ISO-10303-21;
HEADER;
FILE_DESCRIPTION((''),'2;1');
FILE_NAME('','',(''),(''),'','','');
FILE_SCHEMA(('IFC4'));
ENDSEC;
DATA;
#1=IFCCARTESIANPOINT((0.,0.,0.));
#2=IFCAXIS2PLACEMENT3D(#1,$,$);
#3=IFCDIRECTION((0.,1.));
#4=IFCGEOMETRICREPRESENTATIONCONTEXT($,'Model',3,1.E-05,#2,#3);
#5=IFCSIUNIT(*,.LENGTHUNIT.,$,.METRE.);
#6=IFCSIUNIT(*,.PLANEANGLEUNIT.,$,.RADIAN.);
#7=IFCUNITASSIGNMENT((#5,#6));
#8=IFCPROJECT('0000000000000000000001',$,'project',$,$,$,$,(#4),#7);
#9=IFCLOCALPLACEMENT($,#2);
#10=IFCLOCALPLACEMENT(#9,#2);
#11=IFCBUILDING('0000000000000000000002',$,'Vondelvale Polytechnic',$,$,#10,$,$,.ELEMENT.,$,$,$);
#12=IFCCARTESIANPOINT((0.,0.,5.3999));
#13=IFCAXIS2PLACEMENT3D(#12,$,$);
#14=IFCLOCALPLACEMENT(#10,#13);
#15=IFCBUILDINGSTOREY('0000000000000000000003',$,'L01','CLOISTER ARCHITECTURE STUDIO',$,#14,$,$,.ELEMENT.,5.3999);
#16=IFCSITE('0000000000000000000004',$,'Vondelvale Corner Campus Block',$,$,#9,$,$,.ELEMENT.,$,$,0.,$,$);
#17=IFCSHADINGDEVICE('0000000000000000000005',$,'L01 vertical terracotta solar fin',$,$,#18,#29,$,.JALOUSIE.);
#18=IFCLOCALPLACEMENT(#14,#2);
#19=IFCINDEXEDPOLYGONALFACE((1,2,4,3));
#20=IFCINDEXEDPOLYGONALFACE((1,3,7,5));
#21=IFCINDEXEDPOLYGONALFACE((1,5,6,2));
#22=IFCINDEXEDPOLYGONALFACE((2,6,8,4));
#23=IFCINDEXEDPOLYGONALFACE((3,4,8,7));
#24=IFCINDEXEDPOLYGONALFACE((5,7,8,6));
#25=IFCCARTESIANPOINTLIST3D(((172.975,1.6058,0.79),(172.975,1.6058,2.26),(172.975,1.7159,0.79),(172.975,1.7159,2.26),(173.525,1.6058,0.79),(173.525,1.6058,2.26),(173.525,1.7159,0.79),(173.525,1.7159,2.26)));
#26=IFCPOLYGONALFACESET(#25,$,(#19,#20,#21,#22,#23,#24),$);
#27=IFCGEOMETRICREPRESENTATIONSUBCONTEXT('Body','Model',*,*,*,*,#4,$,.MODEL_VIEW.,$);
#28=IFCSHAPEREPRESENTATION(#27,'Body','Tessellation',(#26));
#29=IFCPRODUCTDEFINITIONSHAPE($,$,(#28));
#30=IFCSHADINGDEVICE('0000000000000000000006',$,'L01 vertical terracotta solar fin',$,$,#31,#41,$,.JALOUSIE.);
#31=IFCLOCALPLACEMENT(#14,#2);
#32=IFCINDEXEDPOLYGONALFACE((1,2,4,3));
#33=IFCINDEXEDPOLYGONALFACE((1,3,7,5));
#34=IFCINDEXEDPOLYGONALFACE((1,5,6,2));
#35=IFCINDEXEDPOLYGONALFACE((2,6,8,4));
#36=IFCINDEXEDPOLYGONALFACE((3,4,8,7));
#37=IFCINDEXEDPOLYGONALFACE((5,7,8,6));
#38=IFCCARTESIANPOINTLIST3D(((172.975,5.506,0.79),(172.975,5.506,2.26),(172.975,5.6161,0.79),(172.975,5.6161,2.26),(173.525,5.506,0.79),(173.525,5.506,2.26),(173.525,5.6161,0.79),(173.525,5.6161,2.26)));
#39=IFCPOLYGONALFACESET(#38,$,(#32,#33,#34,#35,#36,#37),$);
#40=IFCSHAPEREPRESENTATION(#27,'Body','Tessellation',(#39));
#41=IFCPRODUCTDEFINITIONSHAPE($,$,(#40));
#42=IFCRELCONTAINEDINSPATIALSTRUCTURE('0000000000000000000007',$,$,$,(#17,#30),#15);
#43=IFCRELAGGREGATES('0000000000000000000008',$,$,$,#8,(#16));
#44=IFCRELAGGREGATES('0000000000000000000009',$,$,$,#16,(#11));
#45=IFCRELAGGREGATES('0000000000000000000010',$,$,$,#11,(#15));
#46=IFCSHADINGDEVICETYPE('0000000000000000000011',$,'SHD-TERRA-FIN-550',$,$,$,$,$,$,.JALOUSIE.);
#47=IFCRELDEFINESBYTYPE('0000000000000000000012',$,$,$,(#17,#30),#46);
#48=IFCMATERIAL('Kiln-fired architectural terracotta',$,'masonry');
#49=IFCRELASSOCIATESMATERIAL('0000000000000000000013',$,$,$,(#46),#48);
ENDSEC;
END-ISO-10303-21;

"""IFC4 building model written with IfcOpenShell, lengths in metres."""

from ifc_helpers import new_model, si_unit, direction, frame, origin, origin_2d, place, context, subcontext, project, spatial, rectangle, extrude, material, type_object, element, save


model = new_model("IFC4")

# Units and contexts
model_context = context("Model", 3, precision=1e-05, world=origin(), true_north=direction((0.0, 1.0)))
body_context = subcontext(model_context, "Body", "Model", "MODEL_VIEW")
ifc_project = project(units=[si_unit("LENGTHUNIT", "METRE"), si_unit("PLANEANGLEUNIT", "RADIAN")], contexts=[model_context])

# Site, building, storey
site_placement = place(None, origin())
site = spatial("IfcSite", under=ifc_project, at=site_placement, Name="Vondelvale Corner Campus Block", CompositionType="ELEMENT", RefElevation=0.0)
building_placement = place(site_placement, origin())
building = spatial("IfcBuilding", under=site, at=building_placement, Name="Vondelvale Polytechnic", CompositionType="ELEMENT")
storey_placement = place(building_placement, frame((0.0, 0.0, 5.3999)))
storey = spatial("IfcBuildingStorey", under=building, at=storey_placement, Name="L01", Description="CLOISTER ARCHITECTURE STUDIO", CompositionType="ELEMENT", Elevation=5.3999)

# Shading devices
ifc_material_1 = material(Name="Kiln-fired architectural terracotta", Category="masonry")
shading_device_type = type_object("IfcShadingDeviceType", Name="SHD-TERRA-FIN-550", PredefinedType="JALOUSIE", material=ifc_material_1)
for number, where, z_axis, x_axis, name in (
    (1, (173.25, 1.6609, 0.79), (0.0, 0.0, 1.0), (0.0, -1.0, 0.0), "L01 vertical terracotta solar fin"),
    (2, (173.25, 5.561, 0.79), (0.0, 0.0, 1.0), (0.0, -1.0, 0.0), "L01 vertical terracotta solar fin"),
):
    element("IfcShadingDevice", number, at=place(storey_placement, frame(where, z_axis=z_axis, x_axis=x_axis)), inside=storey, type_object=shading_device_type, Name=name, PredefinedType="JALOUSIE", context=body_context, shape_type="SweptSolid", body=[
        extrude(rectangle(XDim=0.1101, YDim=0.55, at=origin_2d()), origin(), (0.0, 0.0, 1.0), 1.47),
    ])

save(model, "model.ifc")
